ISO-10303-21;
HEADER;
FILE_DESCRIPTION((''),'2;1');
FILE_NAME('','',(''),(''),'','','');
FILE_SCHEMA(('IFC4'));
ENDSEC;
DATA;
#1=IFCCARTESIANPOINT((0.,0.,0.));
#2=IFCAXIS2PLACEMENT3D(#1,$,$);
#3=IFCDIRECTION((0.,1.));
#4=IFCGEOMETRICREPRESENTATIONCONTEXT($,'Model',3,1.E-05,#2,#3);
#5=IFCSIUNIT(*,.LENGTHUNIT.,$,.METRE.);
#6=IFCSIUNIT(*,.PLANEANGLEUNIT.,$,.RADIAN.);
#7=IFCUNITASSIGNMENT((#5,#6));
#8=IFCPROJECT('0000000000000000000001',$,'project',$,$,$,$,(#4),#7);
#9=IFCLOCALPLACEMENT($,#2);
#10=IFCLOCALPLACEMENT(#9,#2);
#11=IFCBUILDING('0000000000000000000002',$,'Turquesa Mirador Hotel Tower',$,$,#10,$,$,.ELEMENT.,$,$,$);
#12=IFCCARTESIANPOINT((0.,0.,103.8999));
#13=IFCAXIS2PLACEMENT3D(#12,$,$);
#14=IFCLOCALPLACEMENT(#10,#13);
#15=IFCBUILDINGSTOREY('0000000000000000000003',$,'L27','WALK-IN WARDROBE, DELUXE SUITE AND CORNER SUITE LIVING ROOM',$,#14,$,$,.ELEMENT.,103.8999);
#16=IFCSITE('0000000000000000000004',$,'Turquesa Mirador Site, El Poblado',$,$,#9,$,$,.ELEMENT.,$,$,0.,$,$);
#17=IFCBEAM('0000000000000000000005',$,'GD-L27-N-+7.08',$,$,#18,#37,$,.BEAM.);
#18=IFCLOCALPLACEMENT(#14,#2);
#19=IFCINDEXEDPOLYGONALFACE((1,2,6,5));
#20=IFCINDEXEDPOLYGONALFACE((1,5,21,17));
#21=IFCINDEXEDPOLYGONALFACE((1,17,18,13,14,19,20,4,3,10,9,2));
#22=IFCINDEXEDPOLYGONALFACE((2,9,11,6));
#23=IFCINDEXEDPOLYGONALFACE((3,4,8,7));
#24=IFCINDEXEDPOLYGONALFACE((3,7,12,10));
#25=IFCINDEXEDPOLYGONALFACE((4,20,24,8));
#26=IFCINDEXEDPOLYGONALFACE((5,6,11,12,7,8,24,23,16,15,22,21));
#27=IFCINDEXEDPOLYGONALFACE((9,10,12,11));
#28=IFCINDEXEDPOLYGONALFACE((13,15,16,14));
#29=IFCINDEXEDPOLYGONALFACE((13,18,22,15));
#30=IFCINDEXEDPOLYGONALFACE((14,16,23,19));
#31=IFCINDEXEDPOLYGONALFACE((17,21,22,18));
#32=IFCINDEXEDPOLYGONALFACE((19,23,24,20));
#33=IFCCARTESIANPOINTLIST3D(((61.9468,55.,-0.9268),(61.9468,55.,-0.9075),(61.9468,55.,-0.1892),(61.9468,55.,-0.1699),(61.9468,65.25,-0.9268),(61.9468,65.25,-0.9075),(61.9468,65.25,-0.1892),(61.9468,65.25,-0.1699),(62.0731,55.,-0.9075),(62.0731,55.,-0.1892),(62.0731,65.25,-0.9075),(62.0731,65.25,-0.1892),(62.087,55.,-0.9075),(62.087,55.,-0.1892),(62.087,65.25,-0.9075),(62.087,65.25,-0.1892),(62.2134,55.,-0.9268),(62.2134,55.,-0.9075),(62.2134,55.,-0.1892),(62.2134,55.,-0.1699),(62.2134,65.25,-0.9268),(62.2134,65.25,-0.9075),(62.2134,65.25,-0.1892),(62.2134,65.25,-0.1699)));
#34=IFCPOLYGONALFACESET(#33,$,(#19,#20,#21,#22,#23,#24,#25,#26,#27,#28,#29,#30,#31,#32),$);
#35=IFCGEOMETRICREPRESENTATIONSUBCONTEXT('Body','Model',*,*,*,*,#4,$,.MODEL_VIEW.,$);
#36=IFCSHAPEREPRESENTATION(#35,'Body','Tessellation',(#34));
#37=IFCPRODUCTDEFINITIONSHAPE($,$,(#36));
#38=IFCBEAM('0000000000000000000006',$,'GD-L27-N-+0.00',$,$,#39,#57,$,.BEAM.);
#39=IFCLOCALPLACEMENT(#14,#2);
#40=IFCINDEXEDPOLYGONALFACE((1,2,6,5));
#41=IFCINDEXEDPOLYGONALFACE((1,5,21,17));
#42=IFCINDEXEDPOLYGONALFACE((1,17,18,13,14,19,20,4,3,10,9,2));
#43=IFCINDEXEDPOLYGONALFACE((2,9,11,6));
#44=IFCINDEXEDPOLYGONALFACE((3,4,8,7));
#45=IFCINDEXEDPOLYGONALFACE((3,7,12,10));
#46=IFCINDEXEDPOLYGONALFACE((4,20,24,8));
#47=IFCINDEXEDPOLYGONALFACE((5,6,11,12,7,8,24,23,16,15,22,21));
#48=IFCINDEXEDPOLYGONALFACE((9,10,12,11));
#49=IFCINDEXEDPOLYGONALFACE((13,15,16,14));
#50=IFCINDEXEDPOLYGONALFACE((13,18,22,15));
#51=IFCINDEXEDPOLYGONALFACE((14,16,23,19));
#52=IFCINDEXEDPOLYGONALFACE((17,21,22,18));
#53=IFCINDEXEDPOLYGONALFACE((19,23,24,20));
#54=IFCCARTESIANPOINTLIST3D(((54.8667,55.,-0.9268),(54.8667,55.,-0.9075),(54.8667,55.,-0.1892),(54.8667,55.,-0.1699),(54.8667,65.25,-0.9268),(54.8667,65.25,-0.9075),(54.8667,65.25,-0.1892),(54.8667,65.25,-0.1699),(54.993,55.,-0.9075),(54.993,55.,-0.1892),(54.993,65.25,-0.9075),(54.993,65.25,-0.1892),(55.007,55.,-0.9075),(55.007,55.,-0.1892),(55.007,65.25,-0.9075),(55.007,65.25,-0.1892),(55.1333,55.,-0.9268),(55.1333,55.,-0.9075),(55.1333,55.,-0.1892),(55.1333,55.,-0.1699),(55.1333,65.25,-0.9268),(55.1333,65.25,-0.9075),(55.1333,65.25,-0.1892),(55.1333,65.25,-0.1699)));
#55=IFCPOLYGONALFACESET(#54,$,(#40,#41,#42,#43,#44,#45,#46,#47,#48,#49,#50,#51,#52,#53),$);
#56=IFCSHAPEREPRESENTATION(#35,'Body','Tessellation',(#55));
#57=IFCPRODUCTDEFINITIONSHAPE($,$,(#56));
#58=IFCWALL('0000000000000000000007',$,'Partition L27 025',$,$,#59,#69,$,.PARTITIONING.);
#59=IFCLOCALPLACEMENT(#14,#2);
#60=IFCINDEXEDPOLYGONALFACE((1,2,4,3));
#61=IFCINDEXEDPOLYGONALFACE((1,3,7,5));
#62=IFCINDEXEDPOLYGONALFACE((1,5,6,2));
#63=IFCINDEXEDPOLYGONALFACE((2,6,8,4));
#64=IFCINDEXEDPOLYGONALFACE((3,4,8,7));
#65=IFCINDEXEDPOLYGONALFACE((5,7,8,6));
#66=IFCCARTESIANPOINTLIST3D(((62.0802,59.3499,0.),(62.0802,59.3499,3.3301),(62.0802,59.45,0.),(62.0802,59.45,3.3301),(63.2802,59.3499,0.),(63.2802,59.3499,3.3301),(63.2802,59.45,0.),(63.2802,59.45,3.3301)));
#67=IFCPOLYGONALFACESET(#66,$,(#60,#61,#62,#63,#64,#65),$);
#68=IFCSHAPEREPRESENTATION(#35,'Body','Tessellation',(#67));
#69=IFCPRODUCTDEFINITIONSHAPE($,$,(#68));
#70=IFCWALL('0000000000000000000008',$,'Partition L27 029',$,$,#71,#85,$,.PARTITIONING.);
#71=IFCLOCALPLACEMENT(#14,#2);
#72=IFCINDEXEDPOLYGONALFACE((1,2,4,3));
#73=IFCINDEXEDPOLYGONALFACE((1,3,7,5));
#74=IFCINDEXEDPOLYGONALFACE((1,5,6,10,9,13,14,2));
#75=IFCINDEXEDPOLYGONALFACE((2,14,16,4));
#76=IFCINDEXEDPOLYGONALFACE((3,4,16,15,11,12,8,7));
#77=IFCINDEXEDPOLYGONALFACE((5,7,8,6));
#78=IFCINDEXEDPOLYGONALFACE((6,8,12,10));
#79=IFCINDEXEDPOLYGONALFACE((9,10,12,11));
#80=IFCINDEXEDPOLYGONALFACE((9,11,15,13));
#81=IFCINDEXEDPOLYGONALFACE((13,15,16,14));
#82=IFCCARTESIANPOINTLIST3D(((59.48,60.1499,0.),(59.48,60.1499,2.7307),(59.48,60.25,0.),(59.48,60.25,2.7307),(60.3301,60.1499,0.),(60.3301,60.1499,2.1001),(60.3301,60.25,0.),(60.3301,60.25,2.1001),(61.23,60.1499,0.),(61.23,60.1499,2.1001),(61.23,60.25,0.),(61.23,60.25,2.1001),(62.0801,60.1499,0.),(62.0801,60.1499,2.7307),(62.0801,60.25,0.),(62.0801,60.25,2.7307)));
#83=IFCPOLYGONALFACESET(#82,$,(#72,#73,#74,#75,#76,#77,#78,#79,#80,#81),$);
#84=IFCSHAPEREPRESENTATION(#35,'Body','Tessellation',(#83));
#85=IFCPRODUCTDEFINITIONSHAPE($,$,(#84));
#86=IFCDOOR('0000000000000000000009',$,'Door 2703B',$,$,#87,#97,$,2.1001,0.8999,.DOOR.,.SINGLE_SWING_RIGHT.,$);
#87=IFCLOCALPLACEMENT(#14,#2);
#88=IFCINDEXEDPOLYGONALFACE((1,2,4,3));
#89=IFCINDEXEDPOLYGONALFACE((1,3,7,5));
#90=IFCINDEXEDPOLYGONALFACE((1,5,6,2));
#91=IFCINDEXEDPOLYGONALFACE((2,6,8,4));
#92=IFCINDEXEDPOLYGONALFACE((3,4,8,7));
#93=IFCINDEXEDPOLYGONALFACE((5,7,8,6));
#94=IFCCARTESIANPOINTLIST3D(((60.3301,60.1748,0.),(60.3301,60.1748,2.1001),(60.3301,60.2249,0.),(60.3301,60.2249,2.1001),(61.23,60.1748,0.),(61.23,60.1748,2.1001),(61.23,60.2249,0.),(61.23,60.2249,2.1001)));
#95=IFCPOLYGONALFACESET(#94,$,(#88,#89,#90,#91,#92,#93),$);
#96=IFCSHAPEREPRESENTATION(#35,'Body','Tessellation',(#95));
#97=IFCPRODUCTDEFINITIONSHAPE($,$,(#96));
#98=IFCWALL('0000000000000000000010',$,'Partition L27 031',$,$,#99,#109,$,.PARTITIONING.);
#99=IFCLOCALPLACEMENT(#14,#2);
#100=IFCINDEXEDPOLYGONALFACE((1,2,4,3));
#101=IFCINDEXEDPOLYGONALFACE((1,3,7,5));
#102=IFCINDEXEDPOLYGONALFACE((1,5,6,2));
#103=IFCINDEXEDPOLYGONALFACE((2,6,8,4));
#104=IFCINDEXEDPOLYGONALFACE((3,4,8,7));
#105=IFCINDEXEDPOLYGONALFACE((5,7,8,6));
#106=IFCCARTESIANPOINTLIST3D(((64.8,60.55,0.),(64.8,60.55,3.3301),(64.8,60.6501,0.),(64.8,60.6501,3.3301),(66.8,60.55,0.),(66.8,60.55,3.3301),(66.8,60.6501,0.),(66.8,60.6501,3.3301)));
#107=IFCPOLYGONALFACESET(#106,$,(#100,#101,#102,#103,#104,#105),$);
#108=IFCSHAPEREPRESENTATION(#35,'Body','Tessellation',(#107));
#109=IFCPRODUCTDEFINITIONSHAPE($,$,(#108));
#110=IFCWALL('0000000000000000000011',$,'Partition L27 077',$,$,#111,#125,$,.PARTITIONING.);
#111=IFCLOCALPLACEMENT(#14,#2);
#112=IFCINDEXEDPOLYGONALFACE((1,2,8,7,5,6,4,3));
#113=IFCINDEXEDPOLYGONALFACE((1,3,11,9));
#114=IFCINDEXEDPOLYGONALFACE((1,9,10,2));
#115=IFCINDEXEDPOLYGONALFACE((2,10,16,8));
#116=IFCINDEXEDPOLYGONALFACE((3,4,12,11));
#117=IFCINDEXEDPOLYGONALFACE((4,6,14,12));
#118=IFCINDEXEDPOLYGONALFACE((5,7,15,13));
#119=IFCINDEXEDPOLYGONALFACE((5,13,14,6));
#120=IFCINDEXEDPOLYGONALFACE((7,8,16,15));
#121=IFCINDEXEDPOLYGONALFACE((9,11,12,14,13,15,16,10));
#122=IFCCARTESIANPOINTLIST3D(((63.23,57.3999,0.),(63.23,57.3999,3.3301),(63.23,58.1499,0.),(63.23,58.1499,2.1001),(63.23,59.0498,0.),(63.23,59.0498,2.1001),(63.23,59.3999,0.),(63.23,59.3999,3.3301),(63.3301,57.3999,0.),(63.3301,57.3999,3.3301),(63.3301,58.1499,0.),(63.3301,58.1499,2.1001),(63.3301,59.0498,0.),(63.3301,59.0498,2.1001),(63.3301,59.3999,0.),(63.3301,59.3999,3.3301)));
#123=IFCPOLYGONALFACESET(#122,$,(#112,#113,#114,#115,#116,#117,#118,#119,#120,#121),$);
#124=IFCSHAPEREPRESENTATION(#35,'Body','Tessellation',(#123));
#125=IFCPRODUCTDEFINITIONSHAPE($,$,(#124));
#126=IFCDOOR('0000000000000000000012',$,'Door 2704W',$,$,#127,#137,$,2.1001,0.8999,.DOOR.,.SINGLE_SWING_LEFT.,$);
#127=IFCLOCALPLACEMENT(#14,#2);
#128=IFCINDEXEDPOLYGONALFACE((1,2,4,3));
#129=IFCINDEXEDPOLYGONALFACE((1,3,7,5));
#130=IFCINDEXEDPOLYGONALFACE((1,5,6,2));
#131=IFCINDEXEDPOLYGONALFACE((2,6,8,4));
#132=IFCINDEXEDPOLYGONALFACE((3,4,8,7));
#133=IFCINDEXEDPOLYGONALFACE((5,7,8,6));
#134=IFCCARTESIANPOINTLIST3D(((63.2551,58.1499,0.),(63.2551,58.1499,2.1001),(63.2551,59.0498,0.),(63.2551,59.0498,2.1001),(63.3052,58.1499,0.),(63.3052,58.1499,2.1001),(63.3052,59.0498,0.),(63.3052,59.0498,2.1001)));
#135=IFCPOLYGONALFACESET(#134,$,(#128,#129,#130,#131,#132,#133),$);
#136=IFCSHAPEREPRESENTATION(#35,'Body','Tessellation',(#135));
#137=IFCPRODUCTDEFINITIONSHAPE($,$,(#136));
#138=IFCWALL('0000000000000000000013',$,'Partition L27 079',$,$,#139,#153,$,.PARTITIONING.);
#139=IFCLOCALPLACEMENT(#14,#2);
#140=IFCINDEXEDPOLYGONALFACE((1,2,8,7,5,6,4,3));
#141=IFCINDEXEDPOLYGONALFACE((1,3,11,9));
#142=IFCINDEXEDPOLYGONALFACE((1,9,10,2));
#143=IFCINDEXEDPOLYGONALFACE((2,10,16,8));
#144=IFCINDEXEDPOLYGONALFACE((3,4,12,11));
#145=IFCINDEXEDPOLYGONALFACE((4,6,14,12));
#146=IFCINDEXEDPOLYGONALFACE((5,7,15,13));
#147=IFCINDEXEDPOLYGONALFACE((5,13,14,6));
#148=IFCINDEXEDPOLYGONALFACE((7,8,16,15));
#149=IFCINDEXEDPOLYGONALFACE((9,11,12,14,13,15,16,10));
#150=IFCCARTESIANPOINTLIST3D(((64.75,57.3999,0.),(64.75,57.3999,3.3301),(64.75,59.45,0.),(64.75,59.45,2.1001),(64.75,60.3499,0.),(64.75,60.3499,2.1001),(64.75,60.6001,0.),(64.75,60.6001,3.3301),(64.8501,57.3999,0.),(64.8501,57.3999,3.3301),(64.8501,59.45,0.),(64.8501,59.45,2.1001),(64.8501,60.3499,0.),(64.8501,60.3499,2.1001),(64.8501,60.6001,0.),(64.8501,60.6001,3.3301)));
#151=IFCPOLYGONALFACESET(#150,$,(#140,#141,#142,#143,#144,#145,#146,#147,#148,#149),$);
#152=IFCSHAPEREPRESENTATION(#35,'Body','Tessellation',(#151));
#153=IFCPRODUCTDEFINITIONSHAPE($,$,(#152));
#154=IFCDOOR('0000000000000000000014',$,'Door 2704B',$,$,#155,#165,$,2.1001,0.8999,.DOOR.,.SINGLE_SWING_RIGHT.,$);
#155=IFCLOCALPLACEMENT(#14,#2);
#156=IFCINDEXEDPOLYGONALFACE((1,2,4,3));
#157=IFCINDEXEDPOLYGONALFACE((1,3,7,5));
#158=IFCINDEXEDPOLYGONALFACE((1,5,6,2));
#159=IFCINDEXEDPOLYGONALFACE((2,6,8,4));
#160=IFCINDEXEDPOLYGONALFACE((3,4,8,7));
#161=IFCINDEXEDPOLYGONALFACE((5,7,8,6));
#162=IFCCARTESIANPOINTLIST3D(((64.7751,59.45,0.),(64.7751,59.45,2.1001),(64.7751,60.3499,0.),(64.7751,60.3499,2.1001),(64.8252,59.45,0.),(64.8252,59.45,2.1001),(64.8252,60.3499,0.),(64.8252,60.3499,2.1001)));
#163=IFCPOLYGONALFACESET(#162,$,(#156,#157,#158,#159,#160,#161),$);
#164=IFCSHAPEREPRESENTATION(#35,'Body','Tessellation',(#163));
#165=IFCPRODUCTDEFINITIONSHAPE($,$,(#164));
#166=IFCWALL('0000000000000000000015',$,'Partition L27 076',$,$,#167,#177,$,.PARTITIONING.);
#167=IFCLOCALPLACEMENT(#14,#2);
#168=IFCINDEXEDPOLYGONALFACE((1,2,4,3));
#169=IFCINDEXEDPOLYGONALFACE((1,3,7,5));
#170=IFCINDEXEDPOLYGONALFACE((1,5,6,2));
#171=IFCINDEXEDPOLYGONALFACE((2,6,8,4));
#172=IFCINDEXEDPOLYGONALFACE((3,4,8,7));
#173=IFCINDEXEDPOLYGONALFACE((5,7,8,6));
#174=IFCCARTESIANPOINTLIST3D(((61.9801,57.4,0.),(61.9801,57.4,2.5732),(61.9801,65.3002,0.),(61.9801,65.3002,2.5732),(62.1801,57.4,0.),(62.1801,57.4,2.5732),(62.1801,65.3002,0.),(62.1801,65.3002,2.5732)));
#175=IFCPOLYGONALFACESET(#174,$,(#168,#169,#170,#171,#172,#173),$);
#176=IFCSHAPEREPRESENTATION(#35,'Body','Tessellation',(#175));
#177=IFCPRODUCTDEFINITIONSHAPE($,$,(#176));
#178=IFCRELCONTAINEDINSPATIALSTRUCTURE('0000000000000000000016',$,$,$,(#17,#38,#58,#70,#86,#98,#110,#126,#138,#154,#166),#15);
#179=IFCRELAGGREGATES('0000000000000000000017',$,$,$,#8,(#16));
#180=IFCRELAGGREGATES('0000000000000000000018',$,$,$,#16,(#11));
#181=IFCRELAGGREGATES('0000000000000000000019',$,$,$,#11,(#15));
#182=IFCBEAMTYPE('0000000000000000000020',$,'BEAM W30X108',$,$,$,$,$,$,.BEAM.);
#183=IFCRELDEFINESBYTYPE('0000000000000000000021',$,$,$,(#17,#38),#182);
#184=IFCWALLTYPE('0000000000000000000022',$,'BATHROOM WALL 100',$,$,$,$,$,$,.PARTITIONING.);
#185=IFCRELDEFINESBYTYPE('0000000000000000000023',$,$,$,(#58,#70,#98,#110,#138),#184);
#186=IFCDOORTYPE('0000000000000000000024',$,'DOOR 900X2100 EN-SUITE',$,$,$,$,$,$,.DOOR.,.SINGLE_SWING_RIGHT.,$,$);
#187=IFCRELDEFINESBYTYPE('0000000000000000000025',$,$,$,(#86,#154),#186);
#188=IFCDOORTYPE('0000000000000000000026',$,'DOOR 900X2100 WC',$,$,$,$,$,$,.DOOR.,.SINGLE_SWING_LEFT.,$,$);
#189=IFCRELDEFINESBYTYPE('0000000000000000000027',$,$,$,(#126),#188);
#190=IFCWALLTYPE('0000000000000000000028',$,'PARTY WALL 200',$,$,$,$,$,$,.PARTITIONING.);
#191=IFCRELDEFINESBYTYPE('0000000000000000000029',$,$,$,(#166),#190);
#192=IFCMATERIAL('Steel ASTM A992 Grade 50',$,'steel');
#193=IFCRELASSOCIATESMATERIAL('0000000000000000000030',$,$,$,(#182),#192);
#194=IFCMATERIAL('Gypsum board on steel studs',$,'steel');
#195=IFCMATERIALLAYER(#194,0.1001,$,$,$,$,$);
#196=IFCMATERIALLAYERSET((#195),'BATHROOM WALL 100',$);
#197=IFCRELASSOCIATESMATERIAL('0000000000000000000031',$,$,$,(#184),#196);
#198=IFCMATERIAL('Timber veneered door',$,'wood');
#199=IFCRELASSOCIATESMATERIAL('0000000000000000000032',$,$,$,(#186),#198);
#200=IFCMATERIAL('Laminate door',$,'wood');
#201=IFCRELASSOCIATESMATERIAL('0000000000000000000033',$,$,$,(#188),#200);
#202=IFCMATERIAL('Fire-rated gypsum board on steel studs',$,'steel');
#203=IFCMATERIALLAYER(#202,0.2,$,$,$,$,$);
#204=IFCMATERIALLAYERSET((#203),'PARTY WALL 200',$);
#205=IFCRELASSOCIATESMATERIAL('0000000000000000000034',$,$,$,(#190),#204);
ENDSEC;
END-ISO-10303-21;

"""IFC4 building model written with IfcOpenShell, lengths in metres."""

from ifc_helpers import new_model, si_unit, direction, frame, frame_2d, origin, origin_2d, place, context, subcontext, project, spatial, rectangle, i_section, extrude, material, layer, layer_set, material_profile, profile_set, type_object, element, fill, save


model = new_model("IFC4")

# Units and contexts
model_context = context("Model", 3, precision=1e-05, world=origin(), true_north=direction((0.0, 1.0)))
body_context = subcontext(model_context, "Body", "Model", "MODEL_VIEW")
ifc_project = project(units=[si_unit("LENGTHUNIT", "METRE"), si_unit("PLANEANGLEUNIT", "RADIAN")], contexts=[model_context])

# Site, building, storey
site_placement = place(None, origin())
site = spatial("IfcSite", under=ifc_project, at=site_placement, Name="Turquesa Mirador Site, El Poblado", CompositionType="ELEMENT", RefElevation=0.0)
building_placement = place(site_placement, origin())
building = spatial("IfcBuilding", under=site, at=building_placement, Name="Turquesa Mirador Hotel Tower", CompositionType="ELEMENT")
storey_placement = place(building_placement, frame((0.0, 0.0, 103.8999)))
storey = spatial("IfcBuildingStorey", under=building, at=storey_placement, Name="L27", Description="WALK-IN WARDROBE, DELUXE SUITE AND CORNER SUITE LIVING ROOM", CompositionType="ELEMENT", Elevation=103.8999)

# Beams
ifc_material_1 = material(Name="Steel ASTM A992 Grade 50", Category="steel")
ifc_material_profile_1 = material_profile(ifc_material_1, i_section(OverallWidth=0.2666, OverallDepth=0.7568, WebThickness=0.0139, FlangeThickness=0.0193, at=origin_2d()), Name="W30X108")
ifc_profile_set_1 = profile_set([ifc_material_profile_1], Name="Steel ASTM A992 Grade 50")
beam_type_1 = type_object("IfcBeamType", Name="BEAM W30X108", PredefinedType="BEAM", material=ifc_profile_set_1)
for number, where, z_axis, x_axis, name in (
    (1, (62.0801, 65.25, -0.5483), (0.0, -1.0, 0.0), (1.0, 0.0, 0.0), "GD-L27-N-+7.08"),
    (2, (55.0, 65.25, -0.5483), (0.0, -1.0, 0.0), (1.0, 0.0, 0.0), "GD-L27-N-+0.00"),
):
    element("IfcBeam", number, at=place(storey_placement, frame(where, z_axis=z_axis, x_axis=x_axis)), inside=storey, type_object=beam_type_1, Name=name, PredefinedType="BEAM", context=body_context, shape_type="SweptSolid", body=[
        extrude(i_section(OverallWidth=0.2666, OverallDepth=0.7568, WebThickness=0.0139, FlangeThickness=0.0193, at=origin_2d()), origin(), (0.0, 0.0, 1.0), 10.25),
    ])

# Wall
ifc_material_2 = material(Name="Gypsum board on steel studs", Category="steel")
ifc_layer_1 = layer(ifc_material_2, 0.1001)
ifc_layer_set_1 = layer_set([ifc_layer_1], Name="BATHROOM WALL 100")
wall_type_1 = type_object("IfcWallType", Name="BATHROOM WALL 100", PredefinedType="PARTITIONING", material=ifc_layer_set_1)
wall_1_placement = place(storey_placement, frame((62.0801, 59.3999, 0.0), z_axis=(0.0, 0.0, 1.0), x_axis=(1.0, 0.0, 0.0)))
element("IfcWall", 3, at=wall_1_placement, inside=storey, type_object=wall_type_1, Name="Partition L27 025", PredefinedType="PARTITIONING", context=body_context, shape_type="SweptSolid", body=[
    extrude(rectangle(XDim=1.2, YDim=0.1001, at=frame_2d((0.6001, 0.0))), origin(), (0.0, 0.0, 1.0), 3.3301),
])

# Wall, opening, door
wall_2_placement = place(storey_placement, frame((59.48, 60.2, 0.0), z_axis=(0.0, 0.0, 1.0), x_axis=(1.0, 0.0, 0.0)))
wall_2 = element("IfcWall", 4, at=wall_2_placement, inside=storey, type_object=wall_type_1, Name="Partition L27 029", PredefinedType="PARTITIONING", context=body_context, shape_type="SweptSolid", body=[
    extrude(rectangle(XDim=2.6001, YDim=0.1001, at=frame_2d((1.3, 0.0))), origin(), (0.0, 0.0, 1.0), 2.7307),
])
opening_1_placement = place(wall_2_placement, frame((0.8501, 0.0, 0.0)))
opening_1 = element("IfcOpeningElement", 5, at=opening_1_placement, cuts=wall_2, PredefinedType="OPENING", context=body_context, shape_type="SweptSolid", body=[
    extrude(rectangle(XDim=0.8999, YDim=2.1001, at=frame_2d((0.45, 1.05))), frame((0.0, 0.0601, 0.0), z_axis=(0.0, -1.0, 0.0), x_axis=(1.0, 0.0, 0.0)), (0.0, 0.0, 1.0), 0.1201),
])
ifc_material_3 = material(Name="Timber veneered door", Category="wood")
door_type_1 = type_object("IfcDoorType", Name="DOOR 900X2100 EN-SUITE", OperationType="SINGLE_SWING_RIGHT", PredefinedType="DOOR", material=ifc_material_3)
door_1_placement = place(opening_1_placement, origin())
door_1 = element("IfcDoor", 6, at=door_1_placement, inside=storey, type_object=door_type_1, Name="Door 2703B", OperationType="SINGLE_SWING_RIGHT", OverallHeight=2.1001, OverallWidth=0.8999, PredefinedType="DOOR", context=body_context, shape_type="SweptSolid", body=[
    extrude(rectangle(XDim=0.8999, YDim=2.1001, at=frame_2d((0.45, 1.05))), frame((0.0, 0.0249, 0.0), z_axis=(0.0, -1.0, 0.0), x_axis=(1.0, 0.0, 0.0)), (0.0, 0.0, 1.0), 0.05),
])
fill(opening_1, door_1)

# Wall
wall_3_placement = place(storey_placement, frame((64.8, 60.6001, 0.0), z_axis=(0.0, 0.0, 1.0), x_axis=(1.0, 0.0, 0.0)))
element("IfcWall", 7, at=wall_3_placement, inside=storey, type_object=wall_type_1, Name="Partition L27 031", PredefinedType="PARTITIONING", context=body_context, shape_type="SweptSolid", body=[
    extrude(rectangle(XDim=2.0, YDim=0.1001, at=frame_2d((1.0, 0.0))), origin(), (0.0, 0.0, 1.0), 3.3301),
])

# Walls, openings, doors
wall_4_placement = place(storey_placement, frame((63.28, 57.3999, 0.0), z_axis=(0.0, 0.0, 1.0), x_axis=(0.0, 1.0, 0.0)))
wall_4 = element("IfcWall", 8, at=wall_4_placement, inside=storey, type_object=wall_type_1, Name="Partition L27 077", PredefinedType="PARTITIONING", context=body_context, shape_type="SweptSolid", body=[
    extrude(rectangle(XDim=2.0, YDim=0.1001, at=frame_2d((1.0, 0.0))), origin(), (0.0, 0.0, 1.0), 3.3301),
])
opening_2_placement = place(wall_4_placement, frame((0.75, 0.0, 0.0)))
opening_2 = element("IfcOpeningElement", 9, at=opening_2_placement, cuts=wall_4, PredefinedType="OPENING", context=body_context, shape_type="SweptSolid", body=[
    extrude(rectangle(XDim=0.8999, YDim=2.1001, at=frame_2d((0.45, 1.05))), frame((0.0, 0.0601, 0.0), z_axis=(0.0, -1.0, 0.0), x_axis=(1.0, 0.0, 0.0)), (0.0, 0.0, 1.0), 0.1201),
])
ifc_material_4 = material(Name="Laminate door", Category="wood")
door_type_2 = type_object("IfcDoorType", Name="DOOR 900X2100 WC", OperationType="SINGLE_SWING_LEFT", PredefinedType="DOOR", material=ifc_material_4)
door_2_placement = place(opening_2_placement, origin())
door_2 = element("IfcDoor", 10, at=door_2_placement, inside=storey, type_object=door_type_2, Name="Door 2704W", OperationType="SINGLE_SWING_LEFT", OverallHeight=2.1001, OverallWidth=0.8999, PredefinedType="DOOR", context=body_context, shape_type="SweptSolid", body=[
    extrude(rectangle(XDim=0.8999, YDim=2.1001, at=frame_2d((0.45, 1.05))), frame((0.0, 0.0249, 0.0), z_axis=(0.0, -1.0, 0.0), x_axis=(1.0, 0.0, 0.0)), (0.0, 0.0, 1.0), 0.05),
])
fill(opening_2, door_2)
wall_5_placement = place(storey_placement, frame((64.8, 57.3999, 0.0), z_axis=(0.0, 0.0, 1.0), x_axis=(0.0, 1.0, 0.0)))
wall_5 = element("IfcWall", 11, at=wall_5_placement, inside=storey, type_object=wall_type_1, Name="Partition L27 079", PredefinedType="PARTITIONING", context=body_context, shape_type="SweptSolid", body=[
    extrude(rectangle(XDim=3.2002, YDim=0.1001, at=frame_2d((1.6001, 0.0))), origin(), (0.0, 0.0, 1.0), 3.3301),
])
opening_3_placement = place(wall_5_placement, frame((2.05, 0.0, 0.0)))
opening_3 = element("IfcOpeningElement", 12, at=opening_3_placement, cuts=wall_5, PredefinedType="OPENING", context=body_context, shape_type="SweptSolid", body=[
    extrude(rectangle(XDim=0.8999, YDim=2.1001, at=frame_2d((0.45, 1.05))), frame((0.0, 0.0601, 0.0), z_axis=(0.0, -1.0, 0.0), x_axis=(1.0, 0.0, 0.0)), (0.0, 0.0, 1.0), 0.1201),
])
door_3_placement = place(opening_3_placement, origin())
door_3 = element("IfcDoor", 13, at=door_3_placement, inside=storey, type_object=door_type_1, Name="Door 2704B", OperationType="SINGLE_SWING_RIGHT", OverallHeight=2.1001, OverallWidth=0.8999, PredefinedType="DOOR", context=body_context, shape_type="SweptSolid", body=[
    extrude(rectangle(XDim=0.8999, YDim=2.1001, at=frame_2d((0.45, 1.05))), frame((0.0, 0.0249, 0.0), z_axis=(0.0, -1.0, 0.0), x_axis=(1.0, 0.0, 0.0)), (0.0, 0.0, 1.0), 0.05),
])
fill(opening_3, door_3)

# Wall
ifc_material_5 = material(Name="Fire-rated gypsum board on steel studs", Category="steel")
ifc_layer_2 = layer(ifc_material_5, 0.2)
ifc_layer_set_2 = layer_set([ifc_layer_2], Name="PARTY WALL 200")
wall_type_2 = type_object("IfcWallType", Name="PARTY WALL 200", PredefinedType="PARTITIONING", material=ifc_layer_set_2)
wall_6_placement = place(storey_placement, frame((62.0801, 57.3999, 0.0), z_axis=(0.0, 0.0, 1.0), x_axis=(0.0, 1.0, 0.0)))
element("IfcWall", 14, at=wall_6_placement, inside=storey, type_object=wall_type_2, Name="Partition L27 076", PredefinedType="PARTITIONING", context=body_context, shape_type="SweptSolid", body=[
    extrude(rectangle(XDim=7.9001, YDim=0.2, at=frame_2d((3.9502, 0.0))), origin(), (0.0, 0.0, 1.0), 2.5732),
])

save(model, "model.ifc")
